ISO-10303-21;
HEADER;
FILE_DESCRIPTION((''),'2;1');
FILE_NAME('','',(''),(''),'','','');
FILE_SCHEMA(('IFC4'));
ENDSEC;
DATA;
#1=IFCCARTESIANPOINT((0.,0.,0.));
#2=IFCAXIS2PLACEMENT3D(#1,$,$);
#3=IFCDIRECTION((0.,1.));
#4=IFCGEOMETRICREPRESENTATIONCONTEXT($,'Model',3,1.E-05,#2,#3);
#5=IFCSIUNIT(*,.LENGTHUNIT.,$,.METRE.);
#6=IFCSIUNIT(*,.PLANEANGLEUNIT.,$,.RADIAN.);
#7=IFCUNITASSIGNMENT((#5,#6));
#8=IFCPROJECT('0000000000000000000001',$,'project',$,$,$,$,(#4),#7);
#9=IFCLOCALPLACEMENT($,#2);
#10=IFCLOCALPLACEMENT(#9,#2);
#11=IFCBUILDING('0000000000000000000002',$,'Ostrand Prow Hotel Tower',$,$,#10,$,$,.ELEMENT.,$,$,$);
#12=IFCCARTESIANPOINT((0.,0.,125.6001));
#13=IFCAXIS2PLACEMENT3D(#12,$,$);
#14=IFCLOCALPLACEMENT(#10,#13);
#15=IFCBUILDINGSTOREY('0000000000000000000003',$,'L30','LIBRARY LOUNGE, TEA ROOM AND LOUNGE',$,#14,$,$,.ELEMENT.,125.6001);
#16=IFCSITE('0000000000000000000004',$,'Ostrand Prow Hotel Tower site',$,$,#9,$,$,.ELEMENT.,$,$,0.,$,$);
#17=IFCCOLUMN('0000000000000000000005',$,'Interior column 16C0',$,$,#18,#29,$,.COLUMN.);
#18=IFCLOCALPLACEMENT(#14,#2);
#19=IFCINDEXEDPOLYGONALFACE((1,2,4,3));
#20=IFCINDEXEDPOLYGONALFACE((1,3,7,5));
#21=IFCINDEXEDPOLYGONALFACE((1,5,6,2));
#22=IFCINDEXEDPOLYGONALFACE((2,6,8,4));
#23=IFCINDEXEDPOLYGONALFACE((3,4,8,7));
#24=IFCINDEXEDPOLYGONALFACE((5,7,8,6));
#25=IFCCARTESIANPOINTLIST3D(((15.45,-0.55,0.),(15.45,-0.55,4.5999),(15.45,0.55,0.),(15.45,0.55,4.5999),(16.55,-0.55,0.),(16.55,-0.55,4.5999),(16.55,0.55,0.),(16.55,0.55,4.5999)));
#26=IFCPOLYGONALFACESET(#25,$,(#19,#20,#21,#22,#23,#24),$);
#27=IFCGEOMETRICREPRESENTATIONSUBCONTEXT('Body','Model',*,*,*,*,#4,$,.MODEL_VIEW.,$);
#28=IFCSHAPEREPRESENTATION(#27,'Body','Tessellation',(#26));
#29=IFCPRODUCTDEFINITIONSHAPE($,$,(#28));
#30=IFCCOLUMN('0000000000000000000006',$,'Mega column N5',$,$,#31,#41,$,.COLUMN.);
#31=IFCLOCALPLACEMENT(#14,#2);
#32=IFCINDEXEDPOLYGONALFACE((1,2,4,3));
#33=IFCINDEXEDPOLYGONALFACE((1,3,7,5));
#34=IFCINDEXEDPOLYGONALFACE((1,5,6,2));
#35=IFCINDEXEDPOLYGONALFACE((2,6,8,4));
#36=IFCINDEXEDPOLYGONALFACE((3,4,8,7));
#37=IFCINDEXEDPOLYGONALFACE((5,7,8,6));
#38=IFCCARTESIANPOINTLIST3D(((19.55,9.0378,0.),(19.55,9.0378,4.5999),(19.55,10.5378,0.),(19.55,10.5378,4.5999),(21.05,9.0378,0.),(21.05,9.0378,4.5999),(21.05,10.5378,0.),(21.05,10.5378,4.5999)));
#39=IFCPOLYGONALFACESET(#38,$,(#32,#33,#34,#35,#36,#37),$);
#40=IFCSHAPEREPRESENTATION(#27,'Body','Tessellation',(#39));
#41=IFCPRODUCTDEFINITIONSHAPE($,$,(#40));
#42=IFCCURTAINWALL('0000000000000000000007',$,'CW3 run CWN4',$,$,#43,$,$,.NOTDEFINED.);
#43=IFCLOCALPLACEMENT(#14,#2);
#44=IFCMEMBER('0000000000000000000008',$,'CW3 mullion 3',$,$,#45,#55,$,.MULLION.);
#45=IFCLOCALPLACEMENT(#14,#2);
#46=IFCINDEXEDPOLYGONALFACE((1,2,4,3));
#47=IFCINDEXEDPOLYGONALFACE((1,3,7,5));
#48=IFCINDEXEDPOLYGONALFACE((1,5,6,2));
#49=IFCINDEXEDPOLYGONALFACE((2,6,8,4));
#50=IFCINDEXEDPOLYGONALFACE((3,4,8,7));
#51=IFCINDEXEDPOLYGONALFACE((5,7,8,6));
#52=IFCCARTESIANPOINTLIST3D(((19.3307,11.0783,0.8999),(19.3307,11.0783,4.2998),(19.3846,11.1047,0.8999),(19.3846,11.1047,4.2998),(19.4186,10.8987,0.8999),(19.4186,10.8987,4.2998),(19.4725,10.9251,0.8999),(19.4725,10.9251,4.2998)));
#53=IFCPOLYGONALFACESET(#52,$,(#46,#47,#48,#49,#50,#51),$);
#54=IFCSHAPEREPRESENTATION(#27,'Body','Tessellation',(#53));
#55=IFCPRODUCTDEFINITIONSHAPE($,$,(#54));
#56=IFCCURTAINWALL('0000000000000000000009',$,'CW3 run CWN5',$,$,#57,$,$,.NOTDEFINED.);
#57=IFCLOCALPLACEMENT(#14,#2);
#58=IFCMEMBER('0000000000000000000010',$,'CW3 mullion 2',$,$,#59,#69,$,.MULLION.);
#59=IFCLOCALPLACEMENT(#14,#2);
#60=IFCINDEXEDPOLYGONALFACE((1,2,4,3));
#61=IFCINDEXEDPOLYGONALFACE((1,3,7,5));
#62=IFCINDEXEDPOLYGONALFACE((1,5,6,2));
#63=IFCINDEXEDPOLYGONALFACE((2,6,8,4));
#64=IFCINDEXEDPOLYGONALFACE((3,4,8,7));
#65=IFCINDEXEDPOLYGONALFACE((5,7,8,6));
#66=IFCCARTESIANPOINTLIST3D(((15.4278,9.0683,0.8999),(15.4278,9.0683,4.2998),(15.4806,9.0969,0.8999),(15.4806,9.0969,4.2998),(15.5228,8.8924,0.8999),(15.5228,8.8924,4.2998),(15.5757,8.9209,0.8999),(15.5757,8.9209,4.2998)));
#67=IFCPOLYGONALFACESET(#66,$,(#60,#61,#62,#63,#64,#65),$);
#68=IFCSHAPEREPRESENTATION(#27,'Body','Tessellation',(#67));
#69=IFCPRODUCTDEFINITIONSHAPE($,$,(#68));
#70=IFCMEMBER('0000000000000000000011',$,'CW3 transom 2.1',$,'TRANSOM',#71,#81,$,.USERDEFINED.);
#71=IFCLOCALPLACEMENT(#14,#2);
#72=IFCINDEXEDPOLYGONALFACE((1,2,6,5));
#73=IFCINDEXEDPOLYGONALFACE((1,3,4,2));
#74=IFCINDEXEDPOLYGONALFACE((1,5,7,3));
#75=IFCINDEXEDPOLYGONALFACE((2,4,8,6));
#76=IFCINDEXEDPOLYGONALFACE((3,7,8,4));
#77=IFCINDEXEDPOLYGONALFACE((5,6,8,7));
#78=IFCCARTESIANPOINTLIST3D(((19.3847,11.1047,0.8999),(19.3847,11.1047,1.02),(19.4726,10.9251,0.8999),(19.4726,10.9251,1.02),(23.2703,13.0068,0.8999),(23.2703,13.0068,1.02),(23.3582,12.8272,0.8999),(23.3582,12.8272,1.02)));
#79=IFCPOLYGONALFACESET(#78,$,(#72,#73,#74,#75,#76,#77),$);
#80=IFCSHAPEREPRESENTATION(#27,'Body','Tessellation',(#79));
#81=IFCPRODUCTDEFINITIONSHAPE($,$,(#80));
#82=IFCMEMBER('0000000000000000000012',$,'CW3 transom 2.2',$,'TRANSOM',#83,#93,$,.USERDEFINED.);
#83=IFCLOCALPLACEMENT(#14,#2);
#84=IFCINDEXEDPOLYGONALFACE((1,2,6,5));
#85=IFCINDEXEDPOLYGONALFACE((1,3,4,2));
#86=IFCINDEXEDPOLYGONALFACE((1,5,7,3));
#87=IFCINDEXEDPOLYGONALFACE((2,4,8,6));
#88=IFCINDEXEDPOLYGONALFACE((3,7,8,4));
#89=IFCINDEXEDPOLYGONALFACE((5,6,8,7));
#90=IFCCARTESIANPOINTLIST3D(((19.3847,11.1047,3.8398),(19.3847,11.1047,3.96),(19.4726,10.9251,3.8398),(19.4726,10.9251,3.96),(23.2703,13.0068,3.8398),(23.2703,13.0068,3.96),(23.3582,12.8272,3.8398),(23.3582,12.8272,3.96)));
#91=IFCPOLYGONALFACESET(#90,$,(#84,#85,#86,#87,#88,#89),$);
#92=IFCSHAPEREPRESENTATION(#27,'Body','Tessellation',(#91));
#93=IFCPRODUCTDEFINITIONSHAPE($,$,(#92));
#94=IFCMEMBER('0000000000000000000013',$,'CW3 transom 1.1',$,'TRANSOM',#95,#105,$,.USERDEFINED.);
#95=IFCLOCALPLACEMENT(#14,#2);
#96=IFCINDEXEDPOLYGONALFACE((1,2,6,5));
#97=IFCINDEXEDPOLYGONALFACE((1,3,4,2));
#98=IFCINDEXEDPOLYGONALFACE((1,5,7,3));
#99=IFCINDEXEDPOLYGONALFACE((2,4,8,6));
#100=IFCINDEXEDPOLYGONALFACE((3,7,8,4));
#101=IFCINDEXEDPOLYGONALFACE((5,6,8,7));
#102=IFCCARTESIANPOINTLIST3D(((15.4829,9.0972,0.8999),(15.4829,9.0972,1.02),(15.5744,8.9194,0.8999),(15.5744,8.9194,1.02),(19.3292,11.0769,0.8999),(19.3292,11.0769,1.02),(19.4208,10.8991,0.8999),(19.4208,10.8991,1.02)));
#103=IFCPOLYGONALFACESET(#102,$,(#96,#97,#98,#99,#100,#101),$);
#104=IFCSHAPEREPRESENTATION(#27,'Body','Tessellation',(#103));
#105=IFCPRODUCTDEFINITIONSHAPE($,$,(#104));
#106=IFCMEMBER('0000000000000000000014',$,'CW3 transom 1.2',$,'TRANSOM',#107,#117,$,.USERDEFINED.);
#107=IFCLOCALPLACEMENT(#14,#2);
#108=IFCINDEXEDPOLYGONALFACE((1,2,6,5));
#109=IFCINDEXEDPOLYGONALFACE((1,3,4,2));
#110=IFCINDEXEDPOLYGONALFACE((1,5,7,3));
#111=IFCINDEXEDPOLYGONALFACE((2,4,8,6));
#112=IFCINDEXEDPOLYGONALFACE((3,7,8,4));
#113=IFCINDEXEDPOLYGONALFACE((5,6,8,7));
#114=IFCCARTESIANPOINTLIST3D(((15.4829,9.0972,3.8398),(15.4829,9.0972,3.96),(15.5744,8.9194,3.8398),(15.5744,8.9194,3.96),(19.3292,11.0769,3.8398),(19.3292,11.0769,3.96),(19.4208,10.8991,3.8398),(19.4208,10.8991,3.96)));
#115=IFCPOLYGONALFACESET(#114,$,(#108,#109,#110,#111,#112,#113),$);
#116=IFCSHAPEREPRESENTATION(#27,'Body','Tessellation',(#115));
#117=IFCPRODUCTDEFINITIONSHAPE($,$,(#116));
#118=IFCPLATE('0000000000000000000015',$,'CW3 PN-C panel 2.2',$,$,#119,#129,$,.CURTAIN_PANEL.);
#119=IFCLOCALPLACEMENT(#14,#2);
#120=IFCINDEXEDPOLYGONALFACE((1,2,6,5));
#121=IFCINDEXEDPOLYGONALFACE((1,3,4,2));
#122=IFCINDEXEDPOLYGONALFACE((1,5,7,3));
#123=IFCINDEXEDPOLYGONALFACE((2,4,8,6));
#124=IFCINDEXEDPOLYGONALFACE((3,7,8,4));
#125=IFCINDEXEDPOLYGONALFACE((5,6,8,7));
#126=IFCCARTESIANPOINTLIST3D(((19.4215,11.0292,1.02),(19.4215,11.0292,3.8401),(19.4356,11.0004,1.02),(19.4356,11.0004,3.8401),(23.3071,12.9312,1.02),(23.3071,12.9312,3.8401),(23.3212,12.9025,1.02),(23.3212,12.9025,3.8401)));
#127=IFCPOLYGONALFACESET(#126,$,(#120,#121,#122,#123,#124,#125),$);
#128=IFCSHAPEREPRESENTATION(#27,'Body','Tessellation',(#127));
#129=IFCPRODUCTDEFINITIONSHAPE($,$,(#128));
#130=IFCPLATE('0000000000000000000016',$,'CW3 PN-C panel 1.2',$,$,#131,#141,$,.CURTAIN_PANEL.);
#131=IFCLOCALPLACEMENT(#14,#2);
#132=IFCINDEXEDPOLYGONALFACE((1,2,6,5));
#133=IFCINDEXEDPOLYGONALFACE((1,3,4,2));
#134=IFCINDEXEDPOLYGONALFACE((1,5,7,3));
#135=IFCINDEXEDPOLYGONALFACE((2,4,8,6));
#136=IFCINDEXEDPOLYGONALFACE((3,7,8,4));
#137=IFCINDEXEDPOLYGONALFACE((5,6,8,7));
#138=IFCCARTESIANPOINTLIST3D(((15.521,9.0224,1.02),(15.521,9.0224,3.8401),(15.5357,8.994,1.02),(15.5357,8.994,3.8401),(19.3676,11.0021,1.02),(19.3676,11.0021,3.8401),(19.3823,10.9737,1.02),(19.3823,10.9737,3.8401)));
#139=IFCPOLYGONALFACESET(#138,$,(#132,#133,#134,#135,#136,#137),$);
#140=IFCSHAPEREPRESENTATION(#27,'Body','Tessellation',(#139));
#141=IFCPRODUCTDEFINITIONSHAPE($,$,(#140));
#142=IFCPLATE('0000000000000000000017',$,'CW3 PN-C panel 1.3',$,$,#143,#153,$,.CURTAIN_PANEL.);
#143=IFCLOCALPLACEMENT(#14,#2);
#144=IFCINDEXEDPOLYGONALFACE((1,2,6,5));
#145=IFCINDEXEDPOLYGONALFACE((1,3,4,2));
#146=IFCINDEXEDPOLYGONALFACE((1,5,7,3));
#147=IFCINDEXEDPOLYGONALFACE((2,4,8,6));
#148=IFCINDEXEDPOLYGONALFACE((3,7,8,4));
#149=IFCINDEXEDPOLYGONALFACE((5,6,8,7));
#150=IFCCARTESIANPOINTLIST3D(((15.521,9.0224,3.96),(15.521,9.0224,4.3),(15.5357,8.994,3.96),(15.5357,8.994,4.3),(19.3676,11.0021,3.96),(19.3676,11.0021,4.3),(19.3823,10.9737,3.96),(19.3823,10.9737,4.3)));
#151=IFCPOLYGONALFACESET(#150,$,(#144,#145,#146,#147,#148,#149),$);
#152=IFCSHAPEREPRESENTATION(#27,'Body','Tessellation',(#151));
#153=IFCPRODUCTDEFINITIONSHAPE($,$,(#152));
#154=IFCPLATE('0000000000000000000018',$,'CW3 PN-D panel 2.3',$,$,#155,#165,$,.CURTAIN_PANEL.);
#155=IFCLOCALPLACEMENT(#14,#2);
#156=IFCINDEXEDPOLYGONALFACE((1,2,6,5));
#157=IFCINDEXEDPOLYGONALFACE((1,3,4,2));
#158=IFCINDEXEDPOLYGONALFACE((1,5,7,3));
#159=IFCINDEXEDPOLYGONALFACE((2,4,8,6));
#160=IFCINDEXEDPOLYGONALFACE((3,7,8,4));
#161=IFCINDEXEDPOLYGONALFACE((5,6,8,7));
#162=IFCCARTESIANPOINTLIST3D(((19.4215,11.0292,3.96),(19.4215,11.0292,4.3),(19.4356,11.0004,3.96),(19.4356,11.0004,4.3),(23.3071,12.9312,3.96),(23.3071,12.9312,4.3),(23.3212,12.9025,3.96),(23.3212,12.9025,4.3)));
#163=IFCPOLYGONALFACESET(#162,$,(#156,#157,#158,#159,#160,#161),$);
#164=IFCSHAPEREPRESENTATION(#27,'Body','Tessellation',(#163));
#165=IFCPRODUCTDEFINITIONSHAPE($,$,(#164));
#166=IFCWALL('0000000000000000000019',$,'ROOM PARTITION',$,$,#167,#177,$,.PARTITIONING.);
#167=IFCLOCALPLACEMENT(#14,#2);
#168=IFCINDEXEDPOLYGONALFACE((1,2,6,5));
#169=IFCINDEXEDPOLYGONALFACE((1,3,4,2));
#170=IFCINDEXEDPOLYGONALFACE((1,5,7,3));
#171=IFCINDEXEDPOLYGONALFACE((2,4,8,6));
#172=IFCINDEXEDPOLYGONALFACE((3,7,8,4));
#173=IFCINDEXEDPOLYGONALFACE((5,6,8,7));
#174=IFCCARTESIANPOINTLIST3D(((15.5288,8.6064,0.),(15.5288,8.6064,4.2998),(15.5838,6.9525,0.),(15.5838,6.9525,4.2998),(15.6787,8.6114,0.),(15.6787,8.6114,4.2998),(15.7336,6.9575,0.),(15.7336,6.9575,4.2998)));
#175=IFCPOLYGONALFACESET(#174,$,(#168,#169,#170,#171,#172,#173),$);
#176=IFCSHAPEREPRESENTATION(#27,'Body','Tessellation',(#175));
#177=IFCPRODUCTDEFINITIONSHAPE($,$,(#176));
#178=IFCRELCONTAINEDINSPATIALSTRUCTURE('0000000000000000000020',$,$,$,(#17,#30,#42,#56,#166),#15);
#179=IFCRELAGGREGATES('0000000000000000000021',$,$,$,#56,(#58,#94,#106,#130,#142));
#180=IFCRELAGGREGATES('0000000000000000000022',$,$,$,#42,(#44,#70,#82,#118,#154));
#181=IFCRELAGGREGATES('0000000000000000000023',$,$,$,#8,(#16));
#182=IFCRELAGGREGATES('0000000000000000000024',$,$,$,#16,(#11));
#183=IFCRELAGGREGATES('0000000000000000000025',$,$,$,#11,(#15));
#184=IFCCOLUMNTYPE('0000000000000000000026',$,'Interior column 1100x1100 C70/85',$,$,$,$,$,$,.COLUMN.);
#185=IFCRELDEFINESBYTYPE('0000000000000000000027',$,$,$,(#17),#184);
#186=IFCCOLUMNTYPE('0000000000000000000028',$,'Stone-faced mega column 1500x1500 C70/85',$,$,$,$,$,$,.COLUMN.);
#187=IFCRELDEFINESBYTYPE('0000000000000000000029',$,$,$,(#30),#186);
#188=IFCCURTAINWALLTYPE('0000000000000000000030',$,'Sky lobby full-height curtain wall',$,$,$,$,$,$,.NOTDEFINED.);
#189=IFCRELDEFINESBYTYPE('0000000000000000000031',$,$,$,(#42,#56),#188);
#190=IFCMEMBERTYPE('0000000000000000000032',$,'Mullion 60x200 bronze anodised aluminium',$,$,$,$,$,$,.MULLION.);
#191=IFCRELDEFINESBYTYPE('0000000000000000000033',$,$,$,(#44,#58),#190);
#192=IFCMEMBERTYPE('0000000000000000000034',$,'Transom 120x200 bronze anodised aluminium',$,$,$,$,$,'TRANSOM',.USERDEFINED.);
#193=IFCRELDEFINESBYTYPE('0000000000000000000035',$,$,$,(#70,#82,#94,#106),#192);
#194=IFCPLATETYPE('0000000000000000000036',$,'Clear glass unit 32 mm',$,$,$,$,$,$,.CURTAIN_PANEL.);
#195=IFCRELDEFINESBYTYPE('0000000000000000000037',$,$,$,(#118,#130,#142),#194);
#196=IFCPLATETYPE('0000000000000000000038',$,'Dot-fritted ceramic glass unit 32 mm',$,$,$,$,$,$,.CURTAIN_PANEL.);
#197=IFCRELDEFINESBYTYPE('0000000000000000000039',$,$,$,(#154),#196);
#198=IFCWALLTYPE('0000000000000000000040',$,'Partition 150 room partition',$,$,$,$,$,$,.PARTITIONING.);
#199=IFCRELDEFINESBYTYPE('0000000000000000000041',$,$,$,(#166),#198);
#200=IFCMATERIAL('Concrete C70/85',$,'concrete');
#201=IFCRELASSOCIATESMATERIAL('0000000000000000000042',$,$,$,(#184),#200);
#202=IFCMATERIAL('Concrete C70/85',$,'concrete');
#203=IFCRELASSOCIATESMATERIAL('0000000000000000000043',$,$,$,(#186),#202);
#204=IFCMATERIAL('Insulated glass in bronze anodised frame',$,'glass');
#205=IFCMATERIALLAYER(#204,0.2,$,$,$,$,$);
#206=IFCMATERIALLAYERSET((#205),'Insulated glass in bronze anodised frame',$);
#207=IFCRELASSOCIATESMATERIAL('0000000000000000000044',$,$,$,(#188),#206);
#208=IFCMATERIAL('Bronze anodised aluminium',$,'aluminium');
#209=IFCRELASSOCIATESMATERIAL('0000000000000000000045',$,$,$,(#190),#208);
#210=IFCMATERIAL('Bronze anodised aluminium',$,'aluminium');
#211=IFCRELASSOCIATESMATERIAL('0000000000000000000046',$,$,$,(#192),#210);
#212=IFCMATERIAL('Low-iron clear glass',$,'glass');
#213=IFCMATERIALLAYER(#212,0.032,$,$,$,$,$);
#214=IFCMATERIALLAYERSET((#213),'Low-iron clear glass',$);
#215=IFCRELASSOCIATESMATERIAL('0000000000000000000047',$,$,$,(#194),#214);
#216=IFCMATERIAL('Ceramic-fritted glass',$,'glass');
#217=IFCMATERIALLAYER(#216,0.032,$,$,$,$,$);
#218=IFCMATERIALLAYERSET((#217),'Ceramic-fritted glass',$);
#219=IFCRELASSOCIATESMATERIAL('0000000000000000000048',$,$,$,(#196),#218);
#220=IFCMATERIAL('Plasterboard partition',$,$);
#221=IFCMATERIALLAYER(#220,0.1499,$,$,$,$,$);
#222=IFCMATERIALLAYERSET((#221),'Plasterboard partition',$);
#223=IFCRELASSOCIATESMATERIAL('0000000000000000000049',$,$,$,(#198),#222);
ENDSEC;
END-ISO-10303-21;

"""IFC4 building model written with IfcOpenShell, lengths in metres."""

from ifc_helpers import new_model, si_unit, direction, frame, frame_2d, origin, origin_2d, place, context, subcontext, project, spatial, rectangle, extrude, material, layer, layer_set, material_profile, profile_set, type_object, element, aggregate, save


model = new_model("IFC4")

# Units and contexts
model_context = context("Model", 3, precision=1e-05, world=origin(), true_north=direction((0.0, 1.0)))
body_context = subcontext(model_context, "Body", "Model", "MODEL_VIEW")
ifc_project = project(units=[si_unit("LENGTHUNIT", "METRE"), si_unit("PLANEANGLEUNIT", "RADIAN")], contexts=[model_context])

# Site, building, storey
site_placement = place(None, origin())
site = spatial("IfcSite", under=ifc_project, at=site_placement, Name="Ostrand Prow Hotel Tower site", CompositionType="ELEMENT", RefElevation=0.0)
building_placement = place(site_placement, origin())
building = spatial("IfcBuilding", under=site, at=building_placement, Name="Ostrand Prow Hotel Tower", CompositionType="ELEMENT")
storey_placement = place(building_placement, frame((0.0, 0.0, 125.6001)))
storey = spatial("IfcBuildingStorey", under=building, at=storey_placement, Name="L30", Description="LIBRARY LOUNGE, TEA ROOM AND LOUNGE", CompositionType="ELEMENT", Elevation=125.6001)

# Columns
ifc_material_1 = material(Name="Concrete C70/85", Category="concrete")
ifc_material_profile_1 = material_profile(ifc_material_1, rectangle(XDim=1.1001, YDim=1.1001, at=origin_2d()), Name="RC 1100x1100")
ifc_profile_set_1 = profile_set([ifc_material_profile_1], Name="Concrete C70/85")
column_type_1 = type_object("IfcColumnType", Name="Interior column 1100x1100 C70/85", PredefinedType="COLUMN", material=ifc_profile_set_1)
column_1_placement = place(storey_placement, frame((16.0, 0.0, 0.0), z_axis=(0.0, 0.0, 1.0), x_axis=(1.0, 0.0, 0.0)))
element("IfcColumn", 1, at=column_1_placement, inside=storey, type_object=column_type_1, Name="Interior column 16C0", PredefinedType="COLUMN", context=body_context, shape_type="SweptSolid", body=[
    extrude(rectangle(XDim=1.1001, YDim=1.1001, at=origin_2d()), origin(), (0.0, 0.0, 1.0), 4.5999),
])
ifc_material_2 = material(Name="Concrete C70/85", Category="concrete")
ifc_material_profile_2 = material_profile(ifc_material_2, rectangle(XDim=1.5, YDim=1.5, at=origin_2d()), Name="RC 1500x1500")
ifc_profile_set_2 = profile_set([ifc_material_profile_2], Name="Concrete C70/85")
column_type_2 = type_object("IfcColumnType", Name="Stone-faced mega column 1500x1500 C70/85", PredefinedType="COLUMN", material=ifc_profile_set_2)
column_2_placement = place(storey_placement, frame((20.3, 9.7878, 0.0), z_axis=(0.0, 0.0, 1.0), x_axis=(1.0, 0.0, 0.0)))
element("IfcColumn", 2, at=column_2_placement, inside=storey, type_object=column_type_2, Name="Mega column N5", PredefinedType="COLUMN", context=body_context, shape_type="SweptSolid", body=[
    extrude(rectangle(XDim=1.5, YDim=1.5, at=origin_2d()), origin(), (0.0, 0.0, 1.0), 4.5999),
])

# Curtain walls, members
ifc_material_3 = material(Name="Insulated glass in bronze anodised frame", Category="glass")
ifc_layer_1 = layer(ifc_material_3, 0.2)
ifc_layer_set_1 = layer_set([ifc_layer_1], Name="Insulated glass in bronze anodised frame")
curtain_wall_type = type_object("IfcCurtainWallType", Name="Sky lobby full-height curtain wall", PredefinedType="NOTDEFINED", material=ifc_layer_set_1)
curtain_wall_1_placement = place(storey_placement, origin())
curtain_wall_1 = element("IfcCurtainWall", 3, at=curtain_wall_1_placement, inside=storey, type_object=curtain_wall_type, Name="CW3 run CWN4", PredefinedType="NOTDEFINED")
ifc_material_4 = material(Name="Bronze anodised aluminium", Category="aluminium")
ifc_material_profile_3 = material_profile(ifc_material_4, rectangle(XDim=0.2, YDim=0.0601, at=origin_2d()), Name="Mullion 60x200 bronze anodised aluminium")
ifc_profile_set_3 = profile_set([ifc_material_profile_3], Name="Bronze anodised aluminium")
member_type_1 = type_object("IfcMemberType", Name="Mullion 60x200 bronze anodised aluminium", PredefinedType="MULLION", material=ifc_profile_set_3)
member_1_placement = place(storey_placement, frame((19.4016, 11.0017, 0.8999), z_axis=(0.0, 0.0, 1.0), x_axis=(0.439659, -0.898165, 0.0)))
member_1 = element("IfcMember", 4, at=member_1_placement, type_object=member_type_1, Name="CW3 mullion 3", PredefinedType="MULLION", context=body_context, shape_type="SweptSolid", body=[
    extrude(rectangle(XDim=0.2, YDim=0.0601, at=origin_2d()), origin(), (0.0, 0.0, 1.0), 3.3999),
])
curtain_wall_2_placement = place(storey_placement, origin())
curtain_wall_2 = element("IfcCurtainWall", 5, at=curtain_wall_2_placement, inside=storey, type_object=curtain_wall_type, Name="CW3 run CWN5", PredefinedType="NOTDEFINED")
member_2_placement = place(storey_placement, frame((15.5017, 8.9946, 0.8999), z_axis=(0.0, 0.0, 1.0), x_axis=(0.475394, -0.879773, 0.0)))
member_2 = element("IfcMember", 6, at=member_2_placement, type_object=member_type_1, Name="CW3 mullion 2", PredefinedType="MULLION", context=body_context, shape_type="SweptSolid", body=[
    extrude(rectangle(XDim=0.2, YDim=0.0601, at=origin_2d()), origin(), (0.0, 0.0, 1.0), 3.3999),
])

# Members
ifc_material_5 = material(Name="Bronze anodised aluminium", Category="aluminium")
ifc_material_profile_4 = material_profile(ifc_material_5, rectangle(XDim=0.2, YDim=0.1201, at=origin_2d()), Name="Transom 120x200 bronze anodised aluminium")
ifc_profile_set_4 = profile_set([ifc_material_profile_4], Name="Bronze anodised aluminium")
member_type_2 = type_object("IfcMemberType", Name="Transom 120x200 bronze anodised aluminium", ElementType="TRANSOM", PredefinedType="USERDEFINED", material=ifc_profile_set_4)
member_3_placement = place(storey_placement, frame((23.3142, 12.917, 0.96), z_axis=(-0.898154, -0.439681, 0.0), x_axis=(0.439681, -0.898154, 0.0)))
member_3 = element("IfcMember", 7, at=member_3_placement, type_object=member_type_2, Name="CW3 transom 2.1", ObjectType="TRANSOM", PredefinedType="USERDEFINED", context=body_context, shape_type="SweptSolid", body=[
    extrude(rectangle(XDim=0.2, YDim=0.1201, at=origin_2d()), origin(), (0.0, 0.0, 1.0), 4.3262),
])
member_4_placement = place(storey_placement, frame((23.3142, 12.917, 3.8999), z_axis=(-0.898154, -0.439681, 0.0), x_axis=(0.439681, -0.898154, 0.0)))
member_4 = element("IfcMember", 8, at=member_4_placement, type_object=member_type_2, Name="CW3 transom 2.2", ObjectType="TRANSOM", PredefinedType="USERDEFINED", context=body_context, shape_type="SweptSolid", body=[
    extrude(rectangle(XDim=0.2, YDim=0.1201, at=origin_2d()), origin(), (0.0, 0.0, 1.0), 4.3262),
])
member_5_placement = place(storey_placement, frame((19.375, 10.988, 0.96), z_axis=(-0.88914, -0.457635, 0.0), x_axis=(0.457635, -0.88914, 0.0)))
member_5 = element("IfcMember", 9, at=member_5_placement, type_object=member_type_2, Name="CW3 transom 1.1", ObjectType="TRANSOM", PredefinedType="USERDEFINED", context=body_context, shape_type="SweptSolid", body=[
    extrude(rectangle(XDim=0.2, YDim=0.1201, at=origin_2d()), origin(), (0.0, 0.0, 1.0), 4.3259),
])
member_6_placement = place(storey_placement, frame((19.375, 10.988, 3.8999), z_axis=(-0.88914, -0.457635, 0.0), x_axis=(0.457635, -0.88914, 0.0)))
member_6 = element("IfcMember", 10, at=member_6_placement, type_object=member_type_2, Name="CW3 transom 1.2", ObjectType="TRANSOM", PredefinedType="USERDEFINED", context=body_context, shape_type="SweptSolid", body=[
    extrude(rectangle(XDim=0.2, YDim=0.1201, at=origin_2d()), origin(), (0.0, 0.0, 1.0), 4.3259),
])

# Plates
ifc_material_6 = material(Name="Low-iron clear glass", Category="glass")
ifc_layer_2 = layer(ifc_material_6, 0.032)
ifc_layer_set_2 = layer_set([ifc_layer_2], Name="Low-iron clear glass")
plate_type_1 = type_object("IfcPlateType", Name="Clear glass unit 32 mm", PredefinedType="CURTAIN_PANEL", material=ifc_layer_set_2)
plate_1_placement = place(storey_placement, frame((21.3713, 11.9658, 1.02), z_axis=(0.0, 0.0, 1.0), x_axis=(-0.898165, -0.439659, 0.0)))
plate_1 = element("IfcPlate", 11, at=plate_1_placement, type_object=plate_type_1, Name="CW3 PN-C panel 2.2", PredefinedType="CURTAIN_PANEL", context=body_context, shape_type="SweptSolid", body=[
    extrude(rectangle(XDim=4.3262, YDim=0.032, at=origin_2d()), origin(), (0.0, 0.0, 1.0), 2.8201),
])
plate_2_placement = place(storey_placement, frame((17.4517, 9.998, 1.02), z_axis=(0.0, 0.0, 1.0), x_axis=(-0.889148, -0.457619, 0.0)))
plate_2 = element("IfcPlate", 12, at=plate_2_placement, type_object=plate_type_1, Name="CW3 PN-C panel 1.2", PredefinedType="CURTAIN_PANEL", context=body_context, shape_type="SweptSolid", body=[
    extrude(rectangle(XDim=4.3262, YDim=0.032, at=origin_2d()), origin(), (0.0, 0.0, 1.0), 2.8201),
])
plate_3_placement = place(storey_placement, frame((17.4517, 9.998, 3.96), z_axis=(0.0, 0.0, 1.0), x_axis=(-0.889148, -0.457619, 0.0)))
plate_3 = element("IfcPlate", 13, at=plate_3_placement, type_object=plate_type_1, Name="CW3 PN-C panel 1.3", PredefinedType="CURTAIN_PANEL", context=body_context, shape_type="SweptSolid", body=[
    extrude(rectangle(XDim=4.3262, YDim=0.032, at=origin_2d()), origin(), (0.0, 0.0, 1.0), 0.3401),
])
aggregate(curtain_wall_2, [member_2, member_5, member_6, plate_2, plate_3])
ifc_material_7 = material(Name="Ceramic-fritted glass", Category="glass")
ifc_layer_3 = layer(ifc_material_7, 0.032)
ifc_layer_set_3 = layer_set([ifc_layer_3], Name="Ceramic-fritted glass")
plate_type_2 = type_object("IfcPlateType", Name="Dot-fritted ceramic glass unit 32 mm", PredefinedType="CURTAIN_PANEL", material=ifc_layer_set_3)
plate_4_placement = place(storey_placement, frame((21.3713, 11.9658, 3.96), z_axis=(0.0, 0.0, 1.0), x_axis=(-0.898165, -0.439659, 0.0)))
plate_4 = element("IfcPlate", 14, at=plate_4_placement, type_object=plate_type_2, Name="CW3 PN-D panel 2.3", PredefinedType="CURTAIN_PANEL", context=body_context, shape_type="SweptSolid", body=[
    extrude(rectangle(XDim=4.3262, YDim=0.032, at=origin_2d()), origin(), (0.0, 0.0, 1.0), 0.3401),
])
aggregate(curtain_wall_1, [member_1, member_3, member_4, plate_1, plate_4])

# Wall
ifc_material_8 = material(Name="Plasterboard partition")
ifc_layer_4 = layer(ifc_material_8, 0.1499)
ifc_layer_set_4 = layer_set([ifc_layer_4], Name="Plasterboard partition")
wall_type_1 = type_object("IfcWallType", Name="Partition 150 room partition", PredefinedType="PARTITIONING", material=ifc_layer_set_4)
wall_1_placement = place(storey_placement, frame((15.6038, 8.6089, 0.0), z_axis=(0.0, 0.0, 1.0), x_axis=(0.033197, -0.999449, 0.0)))
element("IfcWall", 15, at=wall_1_placement, inside=storey, type_object=wall_type_1, Name="ROOM PARTITION", PredefinedType="PARTITIONING", context=body_context, shape_type="SweptSolid", body=[
    extrude(rectangle(XDim=1.6548, YDim=0.1499, at=frame_2d((0.8274, 0.0))), origin(), (0.0, 0.0, 1.0), 4.2998),
])

save(model, "model.ifc")
